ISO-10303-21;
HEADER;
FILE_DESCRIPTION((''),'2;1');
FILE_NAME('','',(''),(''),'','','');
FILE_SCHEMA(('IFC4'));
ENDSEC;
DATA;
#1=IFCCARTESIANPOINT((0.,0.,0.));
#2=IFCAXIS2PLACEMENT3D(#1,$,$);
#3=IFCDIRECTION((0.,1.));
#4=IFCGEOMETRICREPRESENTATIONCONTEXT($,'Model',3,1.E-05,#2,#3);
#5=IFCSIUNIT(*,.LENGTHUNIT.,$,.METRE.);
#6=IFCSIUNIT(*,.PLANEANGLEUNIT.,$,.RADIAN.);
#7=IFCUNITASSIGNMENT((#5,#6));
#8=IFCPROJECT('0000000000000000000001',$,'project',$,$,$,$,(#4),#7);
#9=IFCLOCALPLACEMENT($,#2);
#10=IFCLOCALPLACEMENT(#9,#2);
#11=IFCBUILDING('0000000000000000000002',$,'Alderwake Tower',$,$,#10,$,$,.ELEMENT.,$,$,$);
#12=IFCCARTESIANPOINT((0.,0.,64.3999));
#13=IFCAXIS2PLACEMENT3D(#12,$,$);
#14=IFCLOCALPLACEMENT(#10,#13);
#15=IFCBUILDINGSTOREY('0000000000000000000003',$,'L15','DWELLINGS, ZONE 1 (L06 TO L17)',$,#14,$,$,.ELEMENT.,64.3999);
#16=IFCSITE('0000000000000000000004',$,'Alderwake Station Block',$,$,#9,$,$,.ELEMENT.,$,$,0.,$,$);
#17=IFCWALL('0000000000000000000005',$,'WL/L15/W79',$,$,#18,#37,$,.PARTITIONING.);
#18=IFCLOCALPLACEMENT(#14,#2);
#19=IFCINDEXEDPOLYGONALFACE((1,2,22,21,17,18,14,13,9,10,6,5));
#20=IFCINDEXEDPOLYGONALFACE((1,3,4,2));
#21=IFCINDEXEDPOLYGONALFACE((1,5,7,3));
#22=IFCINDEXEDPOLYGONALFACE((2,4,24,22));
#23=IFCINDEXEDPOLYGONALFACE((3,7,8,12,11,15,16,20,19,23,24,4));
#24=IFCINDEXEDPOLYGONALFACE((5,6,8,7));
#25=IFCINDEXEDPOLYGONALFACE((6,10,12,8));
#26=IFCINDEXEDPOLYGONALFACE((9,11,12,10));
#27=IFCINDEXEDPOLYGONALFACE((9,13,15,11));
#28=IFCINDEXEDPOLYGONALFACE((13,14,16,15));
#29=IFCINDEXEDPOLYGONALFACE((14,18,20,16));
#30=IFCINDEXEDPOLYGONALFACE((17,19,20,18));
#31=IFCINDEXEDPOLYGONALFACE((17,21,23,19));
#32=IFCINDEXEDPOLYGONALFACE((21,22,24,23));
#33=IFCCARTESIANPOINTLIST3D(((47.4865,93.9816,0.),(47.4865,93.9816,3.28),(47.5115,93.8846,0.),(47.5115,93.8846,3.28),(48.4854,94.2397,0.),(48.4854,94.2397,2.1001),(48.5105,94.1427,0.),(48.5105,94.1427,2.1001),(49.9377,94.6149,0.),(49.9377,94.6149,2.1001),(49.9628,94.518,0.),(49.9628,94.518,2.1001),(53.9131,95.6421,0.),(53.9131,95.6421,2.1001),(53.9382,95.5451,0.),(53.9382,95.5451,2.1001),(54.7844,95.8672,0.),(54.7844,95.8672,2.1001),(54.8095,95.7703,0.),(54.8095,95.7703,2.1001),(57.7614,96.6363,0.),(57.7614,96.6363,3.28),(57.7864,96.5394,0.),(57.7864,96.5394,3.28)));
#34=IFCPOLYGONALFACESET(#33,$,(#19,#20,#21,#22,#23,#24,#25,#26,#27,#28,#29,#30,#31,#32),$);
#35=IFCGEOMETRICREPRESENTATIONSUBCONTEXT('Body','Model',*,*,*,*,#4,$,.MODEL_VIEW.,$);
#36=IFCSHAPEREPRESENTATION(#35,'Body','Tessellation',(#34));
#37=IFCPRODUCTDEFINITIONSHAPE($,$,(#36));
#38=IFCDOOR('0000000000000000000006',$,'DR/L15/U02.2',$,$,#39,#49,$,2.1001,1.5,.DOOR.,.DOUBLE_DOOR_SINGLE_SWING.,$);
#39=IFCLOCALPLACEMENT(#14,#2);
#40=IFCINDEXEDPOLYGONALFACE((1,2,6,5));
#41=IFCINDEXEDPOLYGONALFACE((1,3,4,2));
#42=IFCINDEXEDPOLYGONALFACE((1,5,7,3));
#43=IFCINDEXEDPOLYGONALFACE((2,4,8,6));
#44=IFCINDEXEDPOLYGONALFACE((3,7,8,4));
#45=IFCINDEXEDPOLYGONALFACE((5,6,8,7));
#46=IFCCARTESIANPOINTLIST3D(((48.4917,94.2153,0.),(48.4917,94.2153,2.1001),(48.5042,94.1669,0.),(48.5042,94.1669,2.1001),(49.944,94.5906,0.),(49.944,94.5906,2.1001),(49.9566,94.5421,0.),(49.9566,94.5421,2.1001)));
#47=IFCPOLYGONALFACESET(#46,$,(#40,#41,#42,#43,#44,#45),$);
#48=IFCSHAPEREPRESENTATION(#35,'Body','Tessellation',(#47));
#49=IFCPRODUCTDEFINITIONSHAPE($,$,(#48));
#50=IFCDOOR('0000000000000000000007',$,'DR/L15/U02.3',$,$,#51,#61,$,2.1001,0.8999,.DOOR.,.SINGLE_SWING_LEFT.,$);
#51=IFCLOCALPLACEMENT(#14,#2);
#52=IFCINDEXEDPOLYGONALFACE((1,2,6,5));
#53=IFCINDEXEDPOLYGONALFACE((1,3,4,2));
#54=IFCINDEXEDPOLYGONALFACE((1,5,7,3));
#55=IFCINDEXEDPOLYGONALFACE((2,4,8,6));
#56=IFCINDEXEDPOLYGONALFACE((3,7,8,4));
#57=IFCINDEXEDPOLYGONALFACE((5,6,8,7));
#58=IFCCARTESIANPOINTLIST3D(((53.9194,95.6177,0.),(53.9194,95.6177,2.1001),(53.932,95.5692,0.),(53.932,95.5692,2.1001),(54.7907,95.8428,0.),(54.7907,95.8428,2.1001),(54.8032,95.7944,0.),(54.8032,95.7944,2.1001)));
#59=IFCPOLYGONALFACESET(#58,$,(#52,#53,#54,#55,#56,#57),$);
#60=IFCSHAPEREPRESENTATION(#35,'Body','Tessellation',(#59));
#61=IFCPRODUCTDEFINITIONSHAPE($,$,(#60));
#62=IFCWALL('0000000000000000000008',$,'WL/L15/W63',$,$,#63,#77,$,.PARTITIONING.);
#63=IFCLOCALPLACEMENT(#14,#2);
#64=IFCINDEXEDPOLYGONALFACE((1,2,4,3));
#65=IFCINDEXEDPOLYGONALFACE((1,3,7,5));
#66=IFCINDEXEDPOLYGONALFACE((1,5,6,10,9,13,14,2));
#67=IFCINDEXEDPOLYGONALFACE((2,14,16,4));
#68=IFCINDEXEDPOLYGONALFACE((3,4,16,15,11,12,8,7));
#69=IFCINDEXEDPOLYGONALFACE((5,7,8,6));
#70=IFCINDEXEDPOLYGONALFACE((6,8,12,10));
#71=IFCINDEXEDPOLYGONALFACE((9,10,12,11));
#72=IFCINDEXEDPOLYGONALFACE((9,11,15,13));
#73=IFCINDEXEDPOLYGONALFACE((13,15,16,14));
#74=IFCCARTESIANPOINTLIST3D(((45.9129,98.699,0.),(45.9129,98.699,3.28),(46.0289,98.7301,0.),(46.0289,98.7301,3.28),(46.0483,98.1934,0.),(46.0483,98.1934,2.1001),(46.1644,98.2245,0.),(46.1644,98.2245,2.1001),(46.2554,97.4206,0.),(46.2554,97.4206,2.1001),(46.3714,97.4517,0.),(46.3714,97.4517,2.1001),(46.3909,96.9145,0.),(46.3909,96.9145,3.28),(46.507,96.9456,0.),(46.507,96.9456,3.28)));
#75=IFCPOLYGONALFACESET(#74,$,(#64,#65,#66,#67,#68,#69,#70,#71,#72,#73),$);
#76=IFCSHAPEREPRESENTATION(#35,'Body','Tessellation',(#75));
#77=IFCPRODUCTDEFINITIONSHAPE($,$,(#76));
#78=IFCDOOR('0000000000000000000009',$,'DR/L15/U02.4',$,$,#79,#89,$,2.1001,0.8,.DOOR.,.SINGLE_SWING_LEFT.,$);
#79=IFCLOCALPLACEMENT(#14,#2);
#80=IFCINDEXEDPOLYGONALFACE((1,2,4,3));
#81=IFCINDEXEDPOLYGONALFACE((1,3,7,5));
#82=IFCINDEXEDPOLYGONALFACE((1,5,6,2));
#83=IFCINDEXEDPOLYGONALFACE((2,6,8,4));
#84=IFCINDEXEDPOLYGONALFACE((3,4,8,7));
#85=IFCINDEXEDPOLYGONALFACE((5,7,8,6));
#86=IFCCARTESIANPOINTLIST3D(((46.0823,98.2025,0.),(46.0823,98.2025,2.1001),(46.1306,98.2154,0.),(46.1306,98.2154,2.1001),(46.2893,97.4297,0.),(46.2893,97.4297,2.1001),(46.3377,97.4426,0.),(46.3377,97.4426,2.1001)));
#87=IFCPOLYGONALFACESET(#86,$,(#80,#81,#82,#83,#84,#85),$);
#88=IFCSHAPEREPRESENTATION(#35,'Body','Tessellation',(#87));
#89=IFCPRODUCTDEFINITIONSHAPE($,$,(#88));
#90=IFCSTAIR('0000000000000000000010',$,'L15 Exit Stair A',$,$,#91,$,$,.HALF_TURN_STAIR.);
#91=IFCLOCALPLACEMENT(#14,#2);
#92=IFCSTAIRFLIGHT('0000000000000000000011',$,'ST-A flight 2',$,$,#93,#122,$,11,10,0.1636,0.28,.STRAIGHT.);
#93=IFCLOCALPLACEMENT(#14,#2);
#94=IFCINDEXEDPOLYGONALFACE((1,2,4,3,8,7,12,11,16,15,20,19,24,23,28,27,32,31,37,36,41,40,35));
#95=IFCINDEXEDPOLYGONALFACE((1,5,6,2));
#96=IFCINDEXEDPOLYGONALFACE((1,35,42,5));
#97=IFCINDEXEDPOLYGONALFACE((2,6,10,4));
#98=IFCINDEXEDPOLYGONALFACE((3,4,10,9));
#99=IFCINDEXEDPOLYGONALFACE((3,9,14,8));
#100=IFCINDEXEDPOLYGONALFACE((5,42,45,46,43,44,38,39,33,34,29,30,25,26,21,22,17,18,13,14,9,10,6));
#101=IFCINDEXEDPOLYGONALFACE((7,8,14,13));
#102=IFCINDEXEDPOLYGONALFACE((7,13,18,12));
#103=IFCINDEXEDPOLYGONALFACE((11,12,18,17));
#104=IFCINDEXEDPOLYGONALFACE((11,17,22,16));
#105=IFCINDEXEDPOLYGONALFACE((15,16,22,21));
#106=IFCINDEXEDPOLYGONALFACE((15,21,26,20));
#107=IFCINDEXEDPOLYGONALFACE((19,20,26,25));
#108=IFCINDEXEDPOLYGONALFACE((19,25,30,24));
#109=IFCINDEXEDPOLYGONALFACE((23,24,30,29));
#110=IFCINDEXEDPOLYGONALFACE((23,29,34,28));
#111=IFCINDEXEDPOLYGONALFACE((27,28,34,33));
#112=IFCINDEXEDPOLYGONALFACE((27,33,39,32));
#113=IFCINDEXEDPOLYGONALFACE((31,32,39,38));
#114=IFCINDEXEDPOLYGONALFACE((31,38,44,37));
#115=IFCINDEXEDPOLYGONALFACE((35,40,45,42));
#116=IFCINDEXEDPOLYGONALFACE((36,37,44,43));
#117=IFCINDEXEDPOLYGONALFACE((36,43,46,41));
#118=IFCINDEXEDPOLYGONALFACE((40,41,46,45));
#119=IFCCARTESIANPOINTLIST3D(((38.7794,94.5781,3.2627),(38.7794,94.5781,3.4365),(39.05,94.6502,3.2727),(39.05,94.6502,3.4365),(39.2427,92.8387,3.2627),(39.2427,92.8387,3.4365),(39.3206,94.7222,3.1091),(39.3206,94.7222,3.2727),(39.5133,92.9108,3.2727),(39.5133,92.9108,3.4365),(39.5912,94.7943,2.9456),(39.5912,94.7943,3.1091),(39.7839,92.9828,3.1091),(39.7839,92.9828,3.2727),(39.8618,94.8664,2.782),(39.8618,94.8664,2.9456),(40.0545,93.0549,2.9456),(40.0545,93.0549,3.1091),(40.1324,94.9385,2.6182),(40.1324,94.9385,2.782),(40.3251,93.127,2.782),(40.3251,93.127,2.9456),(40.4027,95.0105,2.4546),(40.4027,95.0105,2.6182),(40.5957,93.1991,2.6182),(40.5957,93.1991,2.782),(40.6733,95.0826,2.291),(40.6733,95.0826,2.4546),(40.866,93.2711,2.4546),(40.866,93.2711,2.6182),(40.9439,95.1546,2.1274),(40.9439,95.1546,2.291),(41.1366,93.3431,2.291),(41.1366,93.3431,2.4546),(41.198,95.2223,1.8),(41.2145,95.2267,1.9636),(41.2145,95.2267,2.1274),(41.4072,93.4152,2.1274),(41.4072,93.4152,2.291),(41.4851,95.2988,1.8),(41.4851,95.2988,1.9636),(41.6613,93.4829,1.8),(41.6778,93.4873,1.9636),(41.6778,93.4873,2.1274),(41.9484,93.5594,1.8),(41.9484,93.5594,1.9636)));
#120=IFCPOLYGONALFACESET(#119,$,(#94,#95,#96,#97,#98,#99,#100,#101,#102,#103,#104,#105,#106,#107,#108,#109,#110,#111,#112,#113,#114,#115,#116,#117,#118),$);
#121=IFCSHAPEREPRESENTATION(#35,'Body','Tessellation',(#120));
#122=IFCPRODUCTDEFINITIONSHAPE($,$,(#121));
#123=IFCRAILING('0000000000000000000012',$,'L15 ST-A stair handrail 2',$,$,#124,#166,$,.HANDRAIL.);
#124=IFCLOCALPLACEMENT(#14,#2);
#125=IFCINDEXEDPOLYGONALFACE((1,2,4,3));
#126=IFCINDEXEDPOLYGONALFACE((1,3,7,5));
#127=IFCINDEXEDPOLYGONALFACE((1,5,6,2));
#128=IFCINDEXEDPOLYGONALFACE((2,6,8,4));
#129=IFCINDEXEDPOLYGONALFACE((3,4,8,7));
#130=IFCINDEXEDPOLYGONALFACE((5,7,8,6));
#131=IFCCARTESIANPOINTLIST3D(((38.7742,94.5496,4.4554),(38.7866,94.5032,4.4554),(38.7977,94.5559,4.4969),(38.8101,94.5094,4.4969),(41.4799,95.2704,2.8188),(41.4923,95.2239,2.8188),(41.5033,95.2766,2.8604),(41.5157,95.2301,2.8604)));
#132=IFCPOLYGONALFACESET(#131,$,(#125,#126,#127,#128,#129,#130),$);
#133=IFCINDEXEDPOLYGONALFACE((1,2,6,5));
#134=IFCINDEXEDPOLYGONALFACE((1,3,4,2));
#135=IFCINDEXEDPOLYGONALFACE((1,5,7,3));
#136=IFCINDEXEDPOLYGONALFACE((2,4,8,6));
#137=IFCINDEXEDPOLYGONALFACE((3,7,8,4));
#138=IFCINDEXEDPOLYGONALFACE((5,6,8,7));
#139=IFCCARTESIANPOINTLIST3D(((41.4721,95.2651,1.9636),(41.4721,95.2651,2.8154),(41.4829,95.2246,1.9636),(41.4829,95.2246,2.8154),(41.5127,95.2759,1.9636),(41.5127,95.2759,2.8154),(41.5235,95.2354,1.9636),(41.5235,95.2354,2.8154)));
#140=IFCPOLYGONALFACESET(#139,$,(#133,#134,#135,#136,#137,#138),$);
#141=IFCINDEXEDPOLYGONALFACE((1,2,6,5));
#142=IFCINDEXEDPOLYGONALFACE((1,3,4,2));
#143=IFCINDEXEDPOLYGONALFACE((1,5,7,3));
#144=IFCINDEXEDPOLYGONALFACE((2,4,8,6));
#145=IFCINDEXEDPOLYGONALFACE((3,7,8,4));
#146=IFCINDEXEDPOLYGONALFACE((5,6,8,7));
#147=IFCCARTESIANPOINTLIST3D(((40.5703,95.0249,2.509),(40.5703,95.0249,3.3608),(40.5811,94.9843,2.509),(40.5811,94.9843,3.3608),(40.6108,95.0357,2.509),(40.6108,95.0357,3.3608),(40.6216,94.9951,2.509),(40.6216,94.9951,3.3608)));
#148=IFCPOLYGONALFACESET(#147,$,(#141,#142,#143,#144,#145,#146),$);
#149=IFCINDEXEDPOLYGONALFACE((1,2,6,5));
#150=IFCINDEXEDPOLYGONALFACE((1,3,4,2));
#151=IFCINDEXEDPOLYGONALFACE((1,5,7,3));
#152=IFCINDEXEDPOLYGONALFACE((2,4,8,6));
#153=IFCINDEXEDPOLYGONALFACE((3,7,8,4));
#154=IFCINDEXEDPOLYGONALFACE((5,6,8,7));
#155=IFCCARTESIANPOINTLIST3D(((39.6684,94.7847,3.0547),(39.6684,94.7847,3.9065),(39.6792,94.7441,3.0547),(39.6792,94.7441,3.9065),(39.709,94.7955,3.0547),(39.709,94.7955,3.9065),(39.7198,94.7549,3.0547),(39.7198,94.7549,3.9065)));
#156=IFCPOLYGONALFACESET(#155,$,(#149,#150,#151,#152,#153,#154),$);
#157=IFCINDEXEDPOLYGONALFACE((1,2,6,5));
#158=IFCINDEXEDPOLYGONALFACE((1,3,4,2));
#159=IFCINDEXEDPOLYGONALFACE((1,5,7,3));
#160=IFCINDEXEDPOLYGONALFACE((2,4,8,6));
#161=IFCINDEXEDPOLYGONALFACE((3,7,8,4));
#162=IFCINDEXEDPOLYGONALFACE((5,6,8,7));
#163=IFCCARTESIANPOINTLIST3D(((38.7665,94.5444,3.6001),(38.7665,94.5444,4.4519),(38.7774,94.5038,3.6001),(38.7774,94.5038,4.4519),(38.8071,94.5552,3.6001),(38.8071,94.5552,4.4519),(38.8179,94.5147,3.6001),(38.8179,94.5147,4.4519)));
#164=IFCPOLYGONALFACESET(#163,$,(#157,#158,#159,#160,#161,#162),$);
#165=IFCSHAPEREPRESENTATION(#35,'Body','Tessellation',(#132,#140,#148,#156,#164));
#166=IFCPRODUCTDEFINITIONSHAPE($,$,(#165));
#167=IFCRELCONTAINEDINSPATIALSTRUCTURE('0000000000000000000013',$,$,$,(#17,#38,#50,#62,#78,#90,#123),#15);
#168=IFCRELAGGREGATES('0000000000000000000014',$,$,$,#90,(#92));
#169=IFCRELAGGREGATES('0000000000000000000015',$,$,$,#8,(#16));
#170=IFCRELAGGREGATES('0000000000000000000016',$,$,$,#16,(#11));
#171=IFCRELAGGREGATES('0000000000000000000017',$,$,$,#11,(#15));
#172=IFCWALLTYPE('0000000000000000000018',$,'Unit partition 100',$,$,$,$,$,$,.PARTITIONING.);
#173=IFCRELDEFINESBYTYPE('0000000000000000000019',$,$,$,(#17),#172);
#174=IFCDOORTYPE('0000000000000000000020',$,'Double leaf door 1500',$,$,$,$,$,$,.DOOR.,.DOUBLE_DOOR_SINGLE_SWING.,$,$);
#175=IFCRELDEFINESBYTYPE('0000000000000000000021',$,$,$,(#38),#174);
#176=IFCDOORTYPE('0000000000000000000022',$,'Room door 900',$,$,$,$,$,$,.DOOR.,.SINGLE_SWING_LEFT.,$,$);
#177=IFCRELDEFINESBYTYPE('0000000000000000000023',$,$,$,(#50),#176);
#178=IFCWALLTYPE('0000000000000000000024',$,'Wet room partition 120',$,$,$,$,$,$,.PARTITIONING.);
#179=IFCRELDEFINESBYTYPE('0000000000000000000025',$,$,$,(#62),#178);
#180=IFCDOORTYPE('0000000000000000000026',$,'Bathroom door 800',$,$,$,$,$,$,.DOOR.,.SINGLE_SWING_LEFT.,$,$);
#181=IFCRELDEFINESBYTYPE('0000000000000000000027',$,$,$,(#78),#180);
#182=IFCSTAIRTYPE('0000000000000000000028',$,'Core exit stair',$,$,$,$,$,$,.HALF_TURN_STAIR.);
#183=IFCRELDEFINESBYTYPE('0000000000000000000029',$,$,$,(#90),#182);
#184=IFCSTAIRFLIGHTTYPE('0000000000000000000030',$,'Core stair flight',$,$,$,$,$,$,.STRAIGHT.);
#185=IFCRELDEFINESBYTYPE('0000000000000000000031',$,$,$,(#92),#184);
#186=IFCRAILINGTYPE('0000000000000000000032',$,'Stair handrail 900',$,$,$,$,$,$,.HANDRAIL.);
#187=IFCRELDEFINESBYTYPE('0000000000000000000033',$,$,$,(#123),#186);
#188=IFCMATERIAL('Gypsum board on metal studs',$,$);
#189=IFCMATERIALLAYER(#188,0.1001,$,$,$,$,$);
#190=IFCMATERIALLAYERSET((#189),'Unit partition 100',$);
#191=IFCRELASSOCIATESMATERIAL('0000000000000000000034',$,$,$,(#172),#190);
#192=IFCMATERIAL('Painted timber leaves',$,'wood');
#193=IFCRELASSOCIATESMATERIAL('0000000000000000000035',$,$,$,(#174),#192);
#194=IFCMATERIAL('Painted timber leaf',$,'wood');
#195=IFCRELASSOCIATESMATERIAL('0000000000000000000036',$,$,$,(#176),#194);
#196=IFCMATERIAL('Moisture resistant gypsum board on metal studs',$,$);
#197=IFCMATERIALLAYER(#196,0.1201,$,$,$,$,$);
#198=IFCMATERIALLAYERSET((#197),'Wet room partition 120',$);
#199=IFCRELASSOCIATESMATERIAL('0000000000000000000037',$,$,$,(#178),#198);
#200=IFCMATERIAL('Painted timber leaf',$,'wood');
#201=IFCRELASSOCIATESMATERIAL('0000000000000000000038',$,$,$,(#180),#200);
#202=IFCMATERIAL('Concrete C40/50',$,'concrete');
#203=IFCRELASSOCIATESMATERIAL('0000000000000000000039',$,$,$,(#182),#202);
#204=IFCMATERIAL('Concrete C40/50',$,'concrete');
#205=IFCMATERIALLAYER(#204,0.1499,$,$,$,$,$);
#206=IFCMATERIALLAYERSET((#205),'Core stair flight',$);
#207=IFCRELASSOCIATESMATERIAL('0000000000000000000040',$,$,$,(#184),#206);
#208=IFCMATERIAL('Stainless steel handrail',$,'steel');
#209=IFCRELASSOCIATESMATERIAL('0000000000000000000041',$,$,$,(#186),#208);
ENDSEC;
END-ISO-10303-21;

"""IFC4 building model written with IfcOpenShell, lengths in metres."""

from ifc_helpers import new_model, si_unit, direction, frame, frame_2d, origin, origin_2d, place, context, subcontext, project, spatial, polyline, rectangle, outline, extrude, material, layer, layer_set, type_object, element, fill, aggregate, save


model = new_model("IFC4")

# Units and contexts
model_context = context("Model", 3, precision=1e-05, world=origin(), true_north=direction((0.0, 1.0)))
body_context = subcontext(model_context, "Body", "Model", "MODEL_VIEW")
ifc_project = project(units=[si_unit("LENGTHUNIT", "METRE"), si_unit("PLANEANGLEUNIT", "RADIAN")], contexts=[model_context])

# Site, building, storey
site_placement = place(None, origin())
site = spatial("IfcSite", under=ifc_project, at=site_placement, Name="Alderwake Station Block", CompositionType="ELEMENT", RefElevation=0.0)
building_placement = place(site_placement, origin())
building = spatial("IfcBuilding", under=site, at=building_placement, Name="Alderwake Tower", CompositionType="ELEMENT")
storey_placement = place(building_placement, frame((0.0, 0.0, 64.3999)))
storey = spatial("IfcBuildingStorey", under=building, at=storey_placement, Name="L15", Description="DWELLINGS, ZONE 1 (L06 TO L17)", CompositionType="ELEMENT", Elevation=64.3999)

# Wall, openings, doors
ifc_material_1 = material(Name="Gypsum board on metal studs")
ifc_layer_1 = layer(ifc_material_1, 0.1001)
ifc_layer_set_1 = layer_set([ifc_layer_1], Name="Unit partition 100")
wall_type_1 = type_object("IfcWallType", Name="Unit partition 100", PredefinedType="PARTITIONING", material=ifc_layer_set_1)
wall_1_placement = place(storey_placement, frame((47.499, 93.9331, 0.0), z_axis=(0.0, 0.0, 1.0), x_axis=(0.968204, 0.25016, 0.0)))
wall_1 = element("IfcWall", 1, at=wall_1_placement, inside=storey, type_object=wall_type_1, Name="WL/L15/W79", PredefinedType="PARTITIONING", context=body_context, shape_type="SweptSolid", body=[
    extrude(rectangle(XDim=10.6123, YDim=0.1001, at=frame_2d((5.3062, 0.0))), origin(), (0.0, 0.0, 1.0), 3.28),
])
opening_1_placement = place(wall_1_placement, frame((1.0317, 0.0, 0.0)))
opening_1 = element("IfcOpeningElement", 2, at=opening_1_placement, cuts=wall_1, PredefinedType="OPENING", context=body_context, shape_type="SweptSolid", body=[
    extrude(rectangle(XDim=1.5, YDim=2.1001, at=frame_2d((0.75, 1.05))), frame((0.0, 0.0601, 0.0), z_axis=(0.0, -1.0, 0.0), x_axis=(1.0, 0.0, 0.0)), (0.0, 0.0, 1.0), 0.1201),
])
opening_2_placement = place(wall_1_placement, frame((6.6377, 0.0, 0.0)))
opening_2 = element("IfcOpeningElement", 3, at=opening_2_placement, cuts=wall_1, PredefinedType="OPENING", context=body_context, shape_type="SweptSolid", body=[
    extrude(rectangle(XDim=0.8999, YDim=2.1001, at=frame_2d((0.45, 1.05))), frame((0.0, 0.0601, 0.0), z_axis=(0.0, -1.0, 0.0), x_axis=(1.0, 0.0, 0.0)), (0.0, 0.0, 1.0), 0.1201),
])
ifc_material_2 = material(Name="Painted timber leaves", Category="wood")
door_type_1 = type_object("IfcDoorType", Name="Double leaf door 1500", OperationType="DOUBLE_DOOR_SINGLE_SWING", PredefinedType="DOOR", material=ifc_material_2)
door_1_placement = place(opening_1_placement, origin())
door_1 = element("IfcDoor", 4, at=door_1_placement, inside=storey, type_object=door_type_1, Name="DR/L15/U02.2", OperationType="DOUBLE_DOOR_SINGLE_SWING", OverallHeight=2.1001, OverallWidth=1.5, PredefinedType="DOOR", context=body_context, shape_type="SweptSolid", body=[
    extrude(rectangle(XDim=1.5, YDim=2.1001, at=frame_2d((0.75, 1.05))), frame((0.0, 0.0249, 0.0), z_axis=(0.0, -1.0, 0.0), x_axis=(1.0, 0.0, 0.0)), (0.0, 0.0, 1.0), 0.05),
])
fill(opening_1, door_1)
ifc_material_3 = material(Name="Painted timber leaf", Category="wood")
door_type_2 = type_object("IfcDoorType", Name="Room door 900", OperationType="SINGLE_SWING_LEFT", PredefinedType="DOOR", material=ifc_material_3)
door_2_placement = place(opening_2_placement, origin())
door_2 = element("IfcDoor", 5, at=door_2_placement, inside=storey, type_object=door_type_2, Name="DR/L15/U02.3", OperationType="SINGLE_SWING_LEFT", OverallHeight=2.1001, OverallWidth=0.8999, PredefinedType="DOOR", context=body_context, shape_type="SweptSolid", body=[
    extrude(rectangle(XDim=0.8999, YDim=2.1001, at=frame_2d((0.45, 1.05))), frame((0.0, 0.0249, 0.0), z_axis=(0.0, -1.0, 0.0), x_axis=(1.0, 0.0, 0.0)), (0.0, 0.0, 1.0), 0.05),
])
fill(opening_2, door_2)

# Wall, opening, door
ifc_material_4 = material(Name="Moisture resistant gypsum board on metal studs")
ifc_layer_2 = layer(ifc_material_4, 0.1201)
ifc_layer_set_2 = layer_set([ifc_layer_2], Name="Wet room partition 120")
wall_type_2 = type_object("IfcWallType", Name="Wet room partition 120", PredefinedType="PARTITIONING", material=ifc_layer_set_2)
wall_2_placement = place(storey_placement, frame((46.449, 96.9299, 0.0), z_axis=(0.0, 0.0, 1.0), x_axis=(-0.258765, 0.96594, 0.0)))
wall_2 = element("IfcWall", 6, at=wall_2_placement, inside=storey, type_object=wall_type_2, Name="WL/L15/W63", PredefinedType="PARTITIONING", context=body_context, shape_type="SweptSolid", body=[
    extrude(rectangle(XDim=1.8474, YDim=0.1201, at=frame_2d((0.9238, 0.0))), origin(), (0.0, 0.0, 1.0), 3.28),
])
opening_3_placement = place(wall_2_placement, frame((0.5242, 0.0, 0.0)))
opening_3 = element("IfcOpeningElement", 7, at=opening_3_placement, cuts=wall_2, PredefinedType="OPENING", context=body_context, shape_type="SweptSolid", body=[
    extrude(rectangle(XDim=0.8, YDim=2.1001, at=frame_2d((0.3999, 1.05))), frame((0.0, 0.0701, 0.0), z_axis=(0.0, -1.0, 0.0), x_axis=(1.0, 0.0, 0.0)), (0.0, 0.0, 1.0), 0.1401),
])
ifc_material_5 = material(Name="Painted timber leaf", Category="wood")
door_type_3 = type_object("IfcDoorType", Name="Bathroom door 800", OperationType="SINGLE_SWING_LEFT", PredefinedType="DOOR", material=ifc_material_5)
door_3_placement = place(opening_3_placement, origin())
door_3 = element("IfcDoor", 8, at=door_3_placement, inside=storey, type_object=door_type_3, Name="DR/L15/U02.4", OperationType="SINGLE_SWING_LEFT", OverallHeight=2.1001, OverallWidth=0.8, PredefinedType="DOOR", context=body_context, shape_type="SweptSolid", body=[
    extrude(rectangle(XDim=0.8, YDim=2.1001, at=frame_2d((0.3999, 1.05))), frame((0.0, 0.0249, 0.0), z_axis=(0.0, -1.0, 0.0), x_axis=(1.0, 0.0, 0.0)), (0.0, 0.0, 1.0), 0.05),
])
fill(opening_3, door_3)

# Stair, stair flight
ifc_material_6 = material(Name="Concrete C40/50", Category="concrete")
stair_type = type_object("IfcStairType", Name="Core exit stair", PredefinedType="HALF_TURN_STAIR", material=ifc_material_6)
stair_placement = place(storey_placement, origin())
stair = element("IfcStair", 9, at=stair_placement, inside=storey, type_object=stair_type, Name="L15 Exit Stair A", PredefinedType="HALF_TURN_STAIR")
ifc_material_7 = material(Name="Concrete C40/50", Category="concrete")
ifc_layer_3 = layer(ifc_material_7, 0.1499)
ifc_layer_set_3 = layer_set([ifc_layer_3], Name="Core stair flight")
stair_flight_type = type_object("IfcStairFlightType", Name="Core stair flight", PredefinedType="STRAIGHT", material=ifc_layer_set_3)
stair_flight_placement = place(storey_placement, frame((41.7168, 94.429, 1.8), z_axis=(0.0, 0.0, 1.0), x_axis=(-0.96631, -0.257382, 0.0)))
stair_flight = element("IfcStairFlight", 10, at=stair_flight_placement, type_object=stair_flight_type, Name="ST-A flight 2", NumberOfRisers=11, NumberOfTreads=10, PredefinedType="STRAIGHT", RiserHeight=0.1636, TreadLength=0.28, context=body_context, shape_type="SweptSolid", body=[
    extrude(outline(polyline([(0.0, 0.0), (0.0, 0.1636), (0.28, 0.1636), (0.28, 0.3274), (0.5601, 0.3274), (0.5601, 0.491), (0.8401, 0.491), (0.8401, 0.6545), (1.1201, 0.6545), (1.1201, 0.8181), (1.3999, 0.8181), (1.3999, 0.9819), (1.6799, 0.9819), (1.6799, 1.1455), (1.96, 1.1455), (1.96, 1.3091), (2.24, 1.3091), (2.24, 1.4727), (2.52, 1.4727), (2.52, 1.6365), (2.8, 1.6365), (2.8, 1.8), (2.8, 1.4626), (0.2971, 0.0), (0.0, 0.0)])), frame((0.0, 0.8999, 0.0), z_axis=(0.0, -1.0, 0.0), x_axis=(1.0, 0.0, 0.0)), (0.0, 0.0, 1.0), 1.8),
])
aggregate(stair, [stair_flight])

# Railing
ifc_material_8 = material(Name="Stainless steel handrail", Category="steel")
railing_type = type_object("IfcRailingType", Name="Stair handrail 900", PredefinedType="HANDRAIL", material=ifc_material_8)
railing_placement = place(storey_placement, frame((41.4978, 95.2502, 1.9636)))
element("IfcRailing", 11, at=railing_placement, inside=storey, type_object=railing_type, Name="L15 ST-A stair handrail 2", PredefinedType="HANDRAIL", context=body_context, shape_type="SweptSolid", body=[
    extrude(rectangle(XDim=0.0481, YDim=0.0481, at=origin_2d()), frame((0.0, 0.0, 0.876), z_axis=(-0.834259, -0.222228, 0.504605), x_axis=(0.257402, -0.966304, 0.0)), (0.0, 0.0, 1.0), 3.2432),
    extrude(rectangle(XDim=0.042, YDim=0.042, at=origin_2d()), frame((0.0, 0.0, 0.0), z_axis=(0.0, 0.0, 1.0), x_axis=(-0.966304, -0.257402, 0.0)), (0.0, 0.0, 1.0), 0.8518),
    extrude(rectangle(XDim=0.042, YDim=0.042, at=origin_2d()), frame((-0.9019, -0.2402, 0.5454), z_axis=(0.0, 0.0, 1.0), x_axis=(-0.966304, -0.257402, 0.0)), (0.0, 0.0, 1.0), 0.8518),
    extrude(rectangle(XDim=0.042, YDim=0.042, at=origin_2d()), frame((-1.8037, -0.4805, 1.0911), z_axis=(0.0, 0.0, 1.0), x_axis=(-0.966304, -0.257402, 0.0)), (0.0, 0.0, 1.0), 0.8518),
    extrude(rectangle(XDim=0.042, YDim=0.042, at=origin_2d()), frame((-2.7056, -0.7207, 1.6365), z_axis=(0.0, 0.0, 1.0), x_axis=(-0.966304, -0.257402, 0.0)), (0.0, 0.0, 1.0), 0.8518),
])

save(model, "model.ifc")
